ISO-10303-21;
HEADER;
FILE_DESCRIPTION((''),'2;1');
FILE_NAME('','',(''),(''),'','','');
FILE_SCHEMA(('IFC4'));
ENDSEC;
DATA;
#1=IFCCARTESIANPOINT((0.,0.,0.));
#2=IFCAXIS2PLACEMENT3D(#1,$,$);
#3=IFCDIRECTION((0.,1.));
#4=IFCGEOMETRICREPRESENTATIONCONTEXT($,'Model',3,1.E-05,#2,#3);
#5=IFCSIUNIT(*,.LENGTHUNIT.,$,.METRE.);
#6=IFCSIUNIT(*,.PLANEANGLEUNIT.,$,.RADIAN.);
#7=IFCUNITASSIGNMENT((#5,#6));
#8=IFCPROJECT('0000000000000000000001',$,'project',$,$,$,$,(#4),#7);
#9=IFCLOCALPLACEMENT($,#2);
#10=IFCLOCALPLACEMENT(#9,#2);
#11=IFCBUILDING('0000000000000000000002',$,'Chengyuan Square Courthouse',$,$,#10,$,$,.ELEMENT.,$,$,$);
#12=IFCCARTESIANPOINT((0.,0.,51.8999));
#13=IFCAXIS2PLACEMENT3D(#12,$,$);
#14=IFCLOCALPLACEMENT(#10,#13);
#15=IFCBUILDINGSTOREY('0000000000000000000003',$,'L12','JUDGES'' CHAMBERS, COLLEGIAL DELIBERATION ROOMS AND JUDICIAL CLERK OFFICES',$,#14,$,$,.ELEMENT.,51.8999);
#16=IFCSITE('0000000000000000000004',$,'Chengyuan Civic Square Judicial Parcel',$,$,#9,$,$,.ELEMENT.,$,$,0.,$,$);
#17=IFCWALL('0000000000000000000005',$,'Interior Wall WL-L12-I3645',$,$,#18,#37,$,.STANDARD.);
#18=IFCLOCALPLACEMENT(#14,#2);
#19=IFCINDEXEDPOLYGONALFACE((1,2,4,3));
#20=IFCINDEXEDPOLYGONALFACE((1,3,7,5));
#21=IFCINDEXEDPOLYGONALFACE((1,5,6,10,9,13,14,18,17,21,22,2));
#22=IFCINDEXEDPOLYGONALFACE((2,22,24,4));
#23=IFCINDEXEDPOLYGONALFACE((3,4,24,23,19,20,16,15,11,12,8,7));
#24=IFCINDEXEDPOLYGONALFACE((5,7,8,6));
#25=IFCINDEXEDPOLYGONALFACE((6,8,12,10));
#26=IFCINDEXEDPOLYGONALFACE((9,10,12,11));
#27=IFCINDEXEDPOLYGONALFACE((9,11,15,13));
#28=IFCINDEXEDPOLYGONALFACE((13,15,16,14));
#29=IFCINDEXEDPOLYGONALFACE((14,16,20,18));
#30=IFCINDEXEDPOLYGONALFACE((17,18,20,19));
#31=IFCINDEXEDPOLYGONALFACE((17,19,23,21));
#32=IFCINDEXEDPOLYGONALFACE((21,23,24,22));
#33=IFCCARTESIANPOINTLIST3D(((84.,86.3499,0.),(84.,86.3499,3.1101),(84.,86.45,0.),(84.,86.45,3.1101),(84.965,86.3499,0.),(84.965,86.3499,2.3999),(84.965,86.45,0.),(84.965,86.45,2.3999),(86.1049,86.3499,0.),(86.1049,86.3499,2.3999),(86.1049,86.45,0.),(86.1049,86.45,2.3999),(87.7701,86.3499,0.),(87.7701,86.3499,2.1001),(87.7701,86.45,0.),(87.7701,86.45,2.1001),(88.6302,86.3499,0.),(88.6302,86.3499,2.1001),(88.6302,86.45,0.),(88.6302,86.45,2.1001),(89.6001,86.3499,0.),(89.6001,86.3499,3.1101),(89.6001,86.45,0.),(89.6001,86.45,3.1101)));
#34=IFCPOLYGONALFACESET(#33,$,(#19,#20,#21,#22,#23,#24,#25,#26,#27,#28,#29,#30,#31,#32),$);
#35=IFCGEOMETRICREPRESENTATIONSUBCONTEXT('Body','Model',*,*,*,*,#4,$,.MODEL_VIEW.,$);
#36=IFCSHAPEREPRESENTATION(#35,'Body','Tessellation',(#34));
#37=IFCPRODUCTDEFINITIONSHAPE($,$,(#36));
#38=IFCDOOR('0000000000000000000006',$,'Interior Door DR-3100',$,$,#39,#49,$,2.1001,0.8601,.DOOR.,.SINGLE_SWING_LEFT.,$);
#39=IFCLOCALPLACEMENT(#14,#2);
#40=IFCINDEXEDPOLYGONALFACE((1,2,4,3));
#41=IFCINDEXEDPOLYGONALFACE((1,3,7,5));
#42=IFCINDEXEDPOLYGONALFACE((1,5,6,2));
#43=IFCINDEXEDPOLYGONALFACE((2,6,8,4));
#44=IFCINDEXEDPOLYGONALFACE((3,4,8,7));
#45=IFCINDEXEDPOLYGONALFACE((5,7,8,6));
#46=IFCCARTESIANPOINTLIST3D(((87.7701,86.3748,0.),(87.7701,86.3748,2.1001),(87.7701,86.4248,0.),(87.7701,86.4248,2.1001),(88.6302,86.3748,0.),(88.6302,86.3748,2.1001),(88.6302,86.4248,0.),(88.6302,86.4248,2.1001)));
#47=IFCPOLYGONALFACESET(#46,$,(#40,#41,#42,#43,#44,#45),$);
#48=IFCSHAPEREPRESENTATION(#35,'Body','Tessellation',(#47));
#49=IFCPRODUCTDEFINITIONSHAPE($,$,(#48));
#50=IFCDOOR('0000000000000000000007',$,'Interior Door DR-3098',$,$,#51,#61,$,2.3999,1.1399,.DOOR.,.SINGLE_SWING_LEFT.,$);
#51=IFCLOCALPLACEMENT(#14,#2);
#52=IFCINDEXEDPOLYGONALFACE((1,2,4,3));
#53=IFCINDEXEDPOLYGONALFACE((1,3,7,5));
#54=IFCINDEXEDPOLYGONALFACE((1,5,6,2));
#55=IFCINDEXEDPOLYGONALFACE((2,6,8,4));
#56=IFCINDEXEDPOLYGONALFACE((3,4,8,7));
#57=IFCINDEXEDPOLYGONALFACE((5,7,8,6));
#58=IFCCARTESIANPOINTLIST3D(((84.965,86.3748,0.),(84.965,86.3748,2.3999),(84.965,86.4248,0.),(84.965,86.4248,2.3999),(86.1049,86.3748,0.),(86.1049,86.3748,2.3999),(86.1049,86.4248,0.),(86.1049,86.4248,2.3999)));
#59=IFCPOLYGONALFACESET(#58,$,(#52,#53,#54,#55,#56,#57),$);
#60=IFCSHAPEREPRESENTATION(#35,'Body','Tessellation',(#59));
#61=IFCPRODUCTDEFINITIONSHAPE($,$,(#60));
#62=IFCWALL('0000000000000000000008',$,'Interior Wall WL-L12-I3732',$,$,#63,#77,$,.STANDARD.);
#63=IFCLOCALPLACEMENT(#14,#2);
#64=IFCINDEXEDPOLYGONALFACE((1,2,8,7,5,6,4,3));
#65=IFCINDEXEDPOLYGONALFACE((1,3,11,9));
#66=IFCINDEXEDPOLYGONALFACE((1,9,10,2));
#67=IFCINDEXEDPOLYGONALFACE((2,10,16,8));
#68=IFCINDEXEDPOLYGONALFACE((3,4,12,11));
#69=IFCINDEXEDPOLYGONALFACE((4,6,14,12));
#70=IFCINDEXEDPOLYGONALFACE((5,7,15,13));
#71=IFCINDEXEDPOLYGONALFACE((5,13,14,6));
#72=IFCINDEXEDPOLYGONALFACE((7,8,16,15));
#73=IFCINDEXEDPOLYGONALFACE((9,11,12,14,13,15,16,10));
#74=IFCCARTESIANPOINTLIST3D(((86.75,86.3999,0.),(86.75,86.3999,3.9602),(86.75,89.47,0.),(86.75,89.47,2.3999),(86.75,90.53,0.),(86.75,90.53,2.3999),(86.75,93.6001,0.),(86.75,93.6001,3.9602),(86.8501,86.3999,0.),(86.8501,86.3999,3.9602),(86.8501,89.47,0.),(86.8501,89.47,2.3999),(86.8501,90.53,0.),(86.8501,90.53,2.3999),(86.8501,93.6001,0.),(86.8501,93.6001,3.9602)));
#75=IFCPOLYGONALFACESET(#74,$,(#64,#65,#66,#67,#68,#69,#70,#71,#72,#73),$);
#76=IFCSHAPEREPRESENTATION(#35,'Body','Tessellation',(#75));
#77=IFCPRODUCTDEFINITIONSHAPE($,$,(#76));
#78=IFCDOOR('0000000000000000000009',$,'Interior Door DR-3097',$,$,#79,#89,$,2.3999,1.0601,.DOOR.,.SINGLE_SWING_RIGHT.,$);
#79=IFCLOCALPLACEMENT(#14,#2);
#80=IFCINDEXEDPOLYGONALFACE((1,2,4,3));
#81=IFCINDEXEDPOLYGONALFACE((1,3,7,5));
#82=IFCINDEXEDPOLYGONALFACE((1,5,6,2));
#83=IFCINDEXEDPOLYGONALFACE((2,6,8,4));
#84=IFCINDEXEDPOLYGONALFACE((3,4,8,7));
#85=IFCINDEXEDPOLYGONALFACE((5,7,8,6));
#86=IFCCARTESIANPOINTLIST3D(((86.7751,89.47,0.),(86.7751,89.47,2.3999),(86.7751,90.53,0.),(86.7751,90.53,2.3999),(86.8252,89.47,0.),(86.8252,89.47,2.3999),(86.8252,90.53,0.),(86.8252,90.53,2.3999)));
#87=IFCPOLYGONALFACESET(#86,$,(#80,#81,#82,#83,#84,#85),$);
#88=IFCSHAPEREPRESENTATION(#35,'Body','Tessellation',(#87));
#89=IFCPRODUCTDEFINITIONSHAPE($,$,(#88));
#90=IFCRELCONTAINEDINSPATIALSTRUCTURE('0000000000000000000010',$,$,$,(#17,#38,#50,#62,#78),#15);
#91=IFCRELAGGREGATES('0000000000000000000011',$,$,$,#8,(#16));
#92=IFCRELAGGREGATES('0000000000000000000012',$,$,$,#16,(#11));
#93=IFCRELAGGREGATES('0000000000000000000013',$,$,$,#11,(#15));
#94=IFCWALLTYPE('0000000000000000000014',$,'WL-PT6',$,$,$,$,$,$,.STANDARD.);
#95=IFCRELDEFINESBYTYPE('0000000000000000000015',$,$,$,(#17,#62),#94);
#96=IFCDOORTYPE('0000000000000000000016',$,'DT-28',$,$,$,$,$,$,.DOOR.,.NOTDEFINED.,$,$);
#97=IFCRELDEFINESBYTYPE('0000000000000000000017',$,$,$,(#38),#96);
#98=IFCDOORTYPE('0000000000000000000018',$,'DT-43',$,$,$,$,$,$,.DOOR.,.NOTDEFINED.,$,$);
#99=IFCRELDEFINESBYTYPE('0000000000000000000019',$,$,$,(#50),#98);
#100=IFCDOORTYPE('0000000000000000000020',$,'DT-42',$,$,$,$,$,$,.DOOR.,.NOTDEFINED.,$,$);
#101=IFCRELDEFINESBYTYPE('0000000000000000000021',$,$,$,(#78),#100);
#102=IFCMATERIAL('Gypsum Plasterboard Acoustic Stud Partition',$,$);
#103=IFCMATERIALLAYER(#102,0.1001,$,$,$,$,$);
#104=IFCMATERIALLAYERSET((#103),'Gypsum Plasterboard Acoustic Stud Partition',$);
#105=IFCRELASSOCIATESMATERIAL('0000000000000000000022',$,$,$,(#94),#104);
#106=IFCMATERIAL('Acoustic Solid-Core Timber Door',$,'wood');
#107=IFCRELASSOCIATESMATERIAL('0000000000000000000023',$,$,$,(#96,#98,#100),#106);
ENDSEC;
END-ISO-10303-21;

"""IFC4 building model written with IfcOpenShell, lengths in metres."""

from ifc_helpers import new_model, si_unit, direction, frame, frame_2d, origin, place, context, subcontext, project, spatial, rectangle, extrude, material, layer, layer_set, type_object, element, fill, save


model = new_model("IFC4")

# Units and contexts
model_context = context("Model", 3, precision=1e-05, world=origin(), true_north=direction((0.0, 1.0)))
body_context = subcontext(model_context, "Body", "Model", "MODEL_VIEW")
ifc_project = project(units=[si_unit("LENGTHUNIT", "METRE"), si_unit("PLANEANGLEUNIT", "RADIAN")], contexts=[model_context])

# Site, building, storey
site_placement = place(None, origin())
site = spatial("IfcSite", under=ifc_project, at=site_placement, Name="Chengyuan Civic Square Judicial Parcel", CompositionType="ELEMENT", RefElevation=0.0)
building_placement = place(site_placement, origin())
building = spatial("IfcBuilding", under=site, at=building_placement, Name="Chengyuan Square Courthouse", CompositionType="ELEMENT")
storey_placement = place(building_placement, frame((0.0, 0.0, 51.8999)))
storey = spatial("IfcBuildingStorey", under=building, at=storey_placement, Name="L12", Description="JUDGES' CHAMBERS, COLLEGIAL DELIBERATION ROOMS AND JUDICIAL CLERK OFFICES", CompositionType="ELEMENT", Elevation=51.8999)

# Wall, openings, doors
ifc_material_1 = material(Name="Gypsum Plasterboard Acoustic Stud Partition")
ifc_layer_1 = layer(ifc_material_1, 0.1001)
ifc_layer_set_1 = layer_set([ifc_layer_1], Name="Gypsum Plasterboard Acoustic Stud Partition")
wall_type_1 = type_object("IfcWallType", Name="WL-PT6", PredefinedType="STANDARD", material=ifc_layer_set_1)
wall_1_placement = place(storey_placement, frame((84.0, 86.3999, 0.0), z_axis=(0.0, 0.0, 1.0), x_axis=(1.0, 0.0, 0.0)))
wall_1 = element("IfcWall", 1, at=wall_1_placement, inside=storey, type_object=wall_type_1, Name="Interior Wall WL-L12-I3645", PredefinedType="STANDARD", context=body_context, shape_type="SweptSolid", body=[
    extrude(rectangle(XDim=5.6001, YDim=0.1001, at=frame_2d((2.8, 0.0))), origin(), (0.0, 0.0, 1.0), 3.1101),
])
opening_1_placement = place(wall_1_placement, frame((0.9651, 0.0, 0.0)))
opening_1 = element("IfcOpeningElement", 2, at=opening_1_placement, cuts=wall_1, PredefinedType="OPENING", context=body_context, shape_type="SweptSolid", body=[
    extrude(rectangle(XDim=1.1399, YDim=2.3999, at=frame_2d((0.5698, 1.2))), frame((0.0, 0.062, 0.0), z_axis=(0.0, -1.0, 0.0), x_axis=(1.0, 0.0, 0.0)), (0.0, 0.0, 1.0), 0.124),
])
opening_2_placement = place(wall_1_placement, frame((3.77, 0.0, 0.0)))
opening_2 = element("IfcOpeningElement", 3, at=opening_2_placement, cuts=wall_1, PredefinedType="OPENING", context=body_context, shape_type="SweptSolid", body=[
    extrude(rectangle(XDim=0.8601, YDim=2.1001, at=frame_2d((0.4302, 1.05))), frame((0.0, 0.062, 0.0), z_axis=(0.0, -1.0, 0.0), x_axis=(1.0, 0.0, 0.0)), (0.0, 0.0, 1.0), 0.124),
])
ifc_material_2 = material(Name="Acoustic Solid-Core Timber Door", Category="wood")
door_type_1 = type_object("IfcDoorType", Name="DT-28", OperationType="NOTDEFINED", PredefinedType="DOOR", material=ifc_material_2)
door_1_placement = place(opening_2_placement, origin())
door_1 = element("IfcDoor", 4, at=door_1_placement, inside=storey, type_object=door_type_1, Name="Interior Door DR-3100", OperationType="SINGLE_SWING_LEFT", OverallHeight=2.1001, OverallWidth=0.8601, PredefinedType="DOOR", context=body_context, shape_type="SweptSolid", body=[
    extrude(rectangle(XDim=0.8601, YDim=2.1001, at=frame_2d((0.4302, 1.05))), frame((0.0, 0.0249, 0.0), z_axis=(0.0, -1.0, 0.0), x_axis=(1.0, 0.0, 0.0)), (0.0, 0.0, 1.0), 0.05),
])
fill(opening_2, door_1)
door_type_2 = type_object("IfcDoorType", Name="DT-43", OperationType="NOTDEFINED", PredefinedType="DOOR", material=ifc_material_2)
door_2_placement = place(opening_1_placement, origin())
door_2 = element("IfcDoor", 5, at=door_2_placement, inside=storey, type_object=door_type_2, Name="Interior Door DR-3098", OperationType="SINGLE_SWING_LEFT", OverallHeight=2.3999, OverallWidth=1.1399, PredefinedType="DOOR", context=body_context, shape_type="SweptSolid", body=[
    extrude(rectangle(XDim=1.1399, YDim=2.3999, at=frame_2d((0.5698, 1.2))), frame((0.0, 0.0249, 0.0), z_axis=(0.0, -1.0, 0.0), x_axis=(1.0, 0.0, 0.0)), (0.0, 0.0, 1.0), 0.05),
])
fill(opening_1, door_2)

# Wall, opening, door
wall_2_placement = place(storey_placement, frame((86.8, 86.3999, 0.0), z_axis=(0.0, 0.0, 1.0), x_axis=(0.0, 1.0, 0.0)))
wall_2 = element("IfcWall", 6, at=wall_2_placement, inside=storey, type_object=wall_type_1, Name="Interior Wall WL-L12-I3732", PredefinedType="STANDARD", context=body_context, shape_type="SweptSolid", body=[
    extrude(rectangle(XDim=7.2002, YDim=0.1001, at=frame_2d((3.6001, 0.0))), origin(), (0.0, 0.0, 1.0), 3.9602),
])
opening_3_placement = place(wall_2_placement, frame((3.0701, 0.0, 0.0)))
opening_3 = element("IfcOpeningElement", 7, at=opening_3_placement, cuts=wall_2, PredefinedType="OPENING", context=body_context, shape_type="SweptSolid", body=[
    extrude(rectangle(XDim=1.0601, YDim=2.3999, at=frame_2d((0.53, 1.2))), frame((0.0, 0.062, 0.0), z_axis=(0.0, -1.0, 0.0), x_axis=(1.0, 0.0, 0.0)), (0.0, 0.0, 1.0), 0.124),
])
door_type_3 = type_object("IfcDoorType", Name="DT-42", OperationType="NOTDEFINED", PredefinedType="DOOR", material=ifc_material_2)
door_3_placement = place(opening_3_placement, origin())
door_3 = element("IfcDoor", 8, at=door_3_placement, inside=storey, type_object=door_type_3, Name="Interior Door DR-3097", OperationType="SINGLE_SWING_RIGHT", OverallHeight=2.3999, OverallWidth=1.0601, PredefinedType="DOOR", context=body_context, shape_type="SweptSolid", body=[
    extrude(rectangle(XDim=1.0601, YDim=2.3999, at=frame_2d((0.53, 1.2))), frame((0.0, 0.0249, 0.0), z_axis=(0.0, -1.0, 0.0), x_axis=(1.0, 0.0, 0.0)), (0.0, 0.0, 1.0), 0.05),
])
fill(opening_3, door_3)

save(model, "model.ifc")
